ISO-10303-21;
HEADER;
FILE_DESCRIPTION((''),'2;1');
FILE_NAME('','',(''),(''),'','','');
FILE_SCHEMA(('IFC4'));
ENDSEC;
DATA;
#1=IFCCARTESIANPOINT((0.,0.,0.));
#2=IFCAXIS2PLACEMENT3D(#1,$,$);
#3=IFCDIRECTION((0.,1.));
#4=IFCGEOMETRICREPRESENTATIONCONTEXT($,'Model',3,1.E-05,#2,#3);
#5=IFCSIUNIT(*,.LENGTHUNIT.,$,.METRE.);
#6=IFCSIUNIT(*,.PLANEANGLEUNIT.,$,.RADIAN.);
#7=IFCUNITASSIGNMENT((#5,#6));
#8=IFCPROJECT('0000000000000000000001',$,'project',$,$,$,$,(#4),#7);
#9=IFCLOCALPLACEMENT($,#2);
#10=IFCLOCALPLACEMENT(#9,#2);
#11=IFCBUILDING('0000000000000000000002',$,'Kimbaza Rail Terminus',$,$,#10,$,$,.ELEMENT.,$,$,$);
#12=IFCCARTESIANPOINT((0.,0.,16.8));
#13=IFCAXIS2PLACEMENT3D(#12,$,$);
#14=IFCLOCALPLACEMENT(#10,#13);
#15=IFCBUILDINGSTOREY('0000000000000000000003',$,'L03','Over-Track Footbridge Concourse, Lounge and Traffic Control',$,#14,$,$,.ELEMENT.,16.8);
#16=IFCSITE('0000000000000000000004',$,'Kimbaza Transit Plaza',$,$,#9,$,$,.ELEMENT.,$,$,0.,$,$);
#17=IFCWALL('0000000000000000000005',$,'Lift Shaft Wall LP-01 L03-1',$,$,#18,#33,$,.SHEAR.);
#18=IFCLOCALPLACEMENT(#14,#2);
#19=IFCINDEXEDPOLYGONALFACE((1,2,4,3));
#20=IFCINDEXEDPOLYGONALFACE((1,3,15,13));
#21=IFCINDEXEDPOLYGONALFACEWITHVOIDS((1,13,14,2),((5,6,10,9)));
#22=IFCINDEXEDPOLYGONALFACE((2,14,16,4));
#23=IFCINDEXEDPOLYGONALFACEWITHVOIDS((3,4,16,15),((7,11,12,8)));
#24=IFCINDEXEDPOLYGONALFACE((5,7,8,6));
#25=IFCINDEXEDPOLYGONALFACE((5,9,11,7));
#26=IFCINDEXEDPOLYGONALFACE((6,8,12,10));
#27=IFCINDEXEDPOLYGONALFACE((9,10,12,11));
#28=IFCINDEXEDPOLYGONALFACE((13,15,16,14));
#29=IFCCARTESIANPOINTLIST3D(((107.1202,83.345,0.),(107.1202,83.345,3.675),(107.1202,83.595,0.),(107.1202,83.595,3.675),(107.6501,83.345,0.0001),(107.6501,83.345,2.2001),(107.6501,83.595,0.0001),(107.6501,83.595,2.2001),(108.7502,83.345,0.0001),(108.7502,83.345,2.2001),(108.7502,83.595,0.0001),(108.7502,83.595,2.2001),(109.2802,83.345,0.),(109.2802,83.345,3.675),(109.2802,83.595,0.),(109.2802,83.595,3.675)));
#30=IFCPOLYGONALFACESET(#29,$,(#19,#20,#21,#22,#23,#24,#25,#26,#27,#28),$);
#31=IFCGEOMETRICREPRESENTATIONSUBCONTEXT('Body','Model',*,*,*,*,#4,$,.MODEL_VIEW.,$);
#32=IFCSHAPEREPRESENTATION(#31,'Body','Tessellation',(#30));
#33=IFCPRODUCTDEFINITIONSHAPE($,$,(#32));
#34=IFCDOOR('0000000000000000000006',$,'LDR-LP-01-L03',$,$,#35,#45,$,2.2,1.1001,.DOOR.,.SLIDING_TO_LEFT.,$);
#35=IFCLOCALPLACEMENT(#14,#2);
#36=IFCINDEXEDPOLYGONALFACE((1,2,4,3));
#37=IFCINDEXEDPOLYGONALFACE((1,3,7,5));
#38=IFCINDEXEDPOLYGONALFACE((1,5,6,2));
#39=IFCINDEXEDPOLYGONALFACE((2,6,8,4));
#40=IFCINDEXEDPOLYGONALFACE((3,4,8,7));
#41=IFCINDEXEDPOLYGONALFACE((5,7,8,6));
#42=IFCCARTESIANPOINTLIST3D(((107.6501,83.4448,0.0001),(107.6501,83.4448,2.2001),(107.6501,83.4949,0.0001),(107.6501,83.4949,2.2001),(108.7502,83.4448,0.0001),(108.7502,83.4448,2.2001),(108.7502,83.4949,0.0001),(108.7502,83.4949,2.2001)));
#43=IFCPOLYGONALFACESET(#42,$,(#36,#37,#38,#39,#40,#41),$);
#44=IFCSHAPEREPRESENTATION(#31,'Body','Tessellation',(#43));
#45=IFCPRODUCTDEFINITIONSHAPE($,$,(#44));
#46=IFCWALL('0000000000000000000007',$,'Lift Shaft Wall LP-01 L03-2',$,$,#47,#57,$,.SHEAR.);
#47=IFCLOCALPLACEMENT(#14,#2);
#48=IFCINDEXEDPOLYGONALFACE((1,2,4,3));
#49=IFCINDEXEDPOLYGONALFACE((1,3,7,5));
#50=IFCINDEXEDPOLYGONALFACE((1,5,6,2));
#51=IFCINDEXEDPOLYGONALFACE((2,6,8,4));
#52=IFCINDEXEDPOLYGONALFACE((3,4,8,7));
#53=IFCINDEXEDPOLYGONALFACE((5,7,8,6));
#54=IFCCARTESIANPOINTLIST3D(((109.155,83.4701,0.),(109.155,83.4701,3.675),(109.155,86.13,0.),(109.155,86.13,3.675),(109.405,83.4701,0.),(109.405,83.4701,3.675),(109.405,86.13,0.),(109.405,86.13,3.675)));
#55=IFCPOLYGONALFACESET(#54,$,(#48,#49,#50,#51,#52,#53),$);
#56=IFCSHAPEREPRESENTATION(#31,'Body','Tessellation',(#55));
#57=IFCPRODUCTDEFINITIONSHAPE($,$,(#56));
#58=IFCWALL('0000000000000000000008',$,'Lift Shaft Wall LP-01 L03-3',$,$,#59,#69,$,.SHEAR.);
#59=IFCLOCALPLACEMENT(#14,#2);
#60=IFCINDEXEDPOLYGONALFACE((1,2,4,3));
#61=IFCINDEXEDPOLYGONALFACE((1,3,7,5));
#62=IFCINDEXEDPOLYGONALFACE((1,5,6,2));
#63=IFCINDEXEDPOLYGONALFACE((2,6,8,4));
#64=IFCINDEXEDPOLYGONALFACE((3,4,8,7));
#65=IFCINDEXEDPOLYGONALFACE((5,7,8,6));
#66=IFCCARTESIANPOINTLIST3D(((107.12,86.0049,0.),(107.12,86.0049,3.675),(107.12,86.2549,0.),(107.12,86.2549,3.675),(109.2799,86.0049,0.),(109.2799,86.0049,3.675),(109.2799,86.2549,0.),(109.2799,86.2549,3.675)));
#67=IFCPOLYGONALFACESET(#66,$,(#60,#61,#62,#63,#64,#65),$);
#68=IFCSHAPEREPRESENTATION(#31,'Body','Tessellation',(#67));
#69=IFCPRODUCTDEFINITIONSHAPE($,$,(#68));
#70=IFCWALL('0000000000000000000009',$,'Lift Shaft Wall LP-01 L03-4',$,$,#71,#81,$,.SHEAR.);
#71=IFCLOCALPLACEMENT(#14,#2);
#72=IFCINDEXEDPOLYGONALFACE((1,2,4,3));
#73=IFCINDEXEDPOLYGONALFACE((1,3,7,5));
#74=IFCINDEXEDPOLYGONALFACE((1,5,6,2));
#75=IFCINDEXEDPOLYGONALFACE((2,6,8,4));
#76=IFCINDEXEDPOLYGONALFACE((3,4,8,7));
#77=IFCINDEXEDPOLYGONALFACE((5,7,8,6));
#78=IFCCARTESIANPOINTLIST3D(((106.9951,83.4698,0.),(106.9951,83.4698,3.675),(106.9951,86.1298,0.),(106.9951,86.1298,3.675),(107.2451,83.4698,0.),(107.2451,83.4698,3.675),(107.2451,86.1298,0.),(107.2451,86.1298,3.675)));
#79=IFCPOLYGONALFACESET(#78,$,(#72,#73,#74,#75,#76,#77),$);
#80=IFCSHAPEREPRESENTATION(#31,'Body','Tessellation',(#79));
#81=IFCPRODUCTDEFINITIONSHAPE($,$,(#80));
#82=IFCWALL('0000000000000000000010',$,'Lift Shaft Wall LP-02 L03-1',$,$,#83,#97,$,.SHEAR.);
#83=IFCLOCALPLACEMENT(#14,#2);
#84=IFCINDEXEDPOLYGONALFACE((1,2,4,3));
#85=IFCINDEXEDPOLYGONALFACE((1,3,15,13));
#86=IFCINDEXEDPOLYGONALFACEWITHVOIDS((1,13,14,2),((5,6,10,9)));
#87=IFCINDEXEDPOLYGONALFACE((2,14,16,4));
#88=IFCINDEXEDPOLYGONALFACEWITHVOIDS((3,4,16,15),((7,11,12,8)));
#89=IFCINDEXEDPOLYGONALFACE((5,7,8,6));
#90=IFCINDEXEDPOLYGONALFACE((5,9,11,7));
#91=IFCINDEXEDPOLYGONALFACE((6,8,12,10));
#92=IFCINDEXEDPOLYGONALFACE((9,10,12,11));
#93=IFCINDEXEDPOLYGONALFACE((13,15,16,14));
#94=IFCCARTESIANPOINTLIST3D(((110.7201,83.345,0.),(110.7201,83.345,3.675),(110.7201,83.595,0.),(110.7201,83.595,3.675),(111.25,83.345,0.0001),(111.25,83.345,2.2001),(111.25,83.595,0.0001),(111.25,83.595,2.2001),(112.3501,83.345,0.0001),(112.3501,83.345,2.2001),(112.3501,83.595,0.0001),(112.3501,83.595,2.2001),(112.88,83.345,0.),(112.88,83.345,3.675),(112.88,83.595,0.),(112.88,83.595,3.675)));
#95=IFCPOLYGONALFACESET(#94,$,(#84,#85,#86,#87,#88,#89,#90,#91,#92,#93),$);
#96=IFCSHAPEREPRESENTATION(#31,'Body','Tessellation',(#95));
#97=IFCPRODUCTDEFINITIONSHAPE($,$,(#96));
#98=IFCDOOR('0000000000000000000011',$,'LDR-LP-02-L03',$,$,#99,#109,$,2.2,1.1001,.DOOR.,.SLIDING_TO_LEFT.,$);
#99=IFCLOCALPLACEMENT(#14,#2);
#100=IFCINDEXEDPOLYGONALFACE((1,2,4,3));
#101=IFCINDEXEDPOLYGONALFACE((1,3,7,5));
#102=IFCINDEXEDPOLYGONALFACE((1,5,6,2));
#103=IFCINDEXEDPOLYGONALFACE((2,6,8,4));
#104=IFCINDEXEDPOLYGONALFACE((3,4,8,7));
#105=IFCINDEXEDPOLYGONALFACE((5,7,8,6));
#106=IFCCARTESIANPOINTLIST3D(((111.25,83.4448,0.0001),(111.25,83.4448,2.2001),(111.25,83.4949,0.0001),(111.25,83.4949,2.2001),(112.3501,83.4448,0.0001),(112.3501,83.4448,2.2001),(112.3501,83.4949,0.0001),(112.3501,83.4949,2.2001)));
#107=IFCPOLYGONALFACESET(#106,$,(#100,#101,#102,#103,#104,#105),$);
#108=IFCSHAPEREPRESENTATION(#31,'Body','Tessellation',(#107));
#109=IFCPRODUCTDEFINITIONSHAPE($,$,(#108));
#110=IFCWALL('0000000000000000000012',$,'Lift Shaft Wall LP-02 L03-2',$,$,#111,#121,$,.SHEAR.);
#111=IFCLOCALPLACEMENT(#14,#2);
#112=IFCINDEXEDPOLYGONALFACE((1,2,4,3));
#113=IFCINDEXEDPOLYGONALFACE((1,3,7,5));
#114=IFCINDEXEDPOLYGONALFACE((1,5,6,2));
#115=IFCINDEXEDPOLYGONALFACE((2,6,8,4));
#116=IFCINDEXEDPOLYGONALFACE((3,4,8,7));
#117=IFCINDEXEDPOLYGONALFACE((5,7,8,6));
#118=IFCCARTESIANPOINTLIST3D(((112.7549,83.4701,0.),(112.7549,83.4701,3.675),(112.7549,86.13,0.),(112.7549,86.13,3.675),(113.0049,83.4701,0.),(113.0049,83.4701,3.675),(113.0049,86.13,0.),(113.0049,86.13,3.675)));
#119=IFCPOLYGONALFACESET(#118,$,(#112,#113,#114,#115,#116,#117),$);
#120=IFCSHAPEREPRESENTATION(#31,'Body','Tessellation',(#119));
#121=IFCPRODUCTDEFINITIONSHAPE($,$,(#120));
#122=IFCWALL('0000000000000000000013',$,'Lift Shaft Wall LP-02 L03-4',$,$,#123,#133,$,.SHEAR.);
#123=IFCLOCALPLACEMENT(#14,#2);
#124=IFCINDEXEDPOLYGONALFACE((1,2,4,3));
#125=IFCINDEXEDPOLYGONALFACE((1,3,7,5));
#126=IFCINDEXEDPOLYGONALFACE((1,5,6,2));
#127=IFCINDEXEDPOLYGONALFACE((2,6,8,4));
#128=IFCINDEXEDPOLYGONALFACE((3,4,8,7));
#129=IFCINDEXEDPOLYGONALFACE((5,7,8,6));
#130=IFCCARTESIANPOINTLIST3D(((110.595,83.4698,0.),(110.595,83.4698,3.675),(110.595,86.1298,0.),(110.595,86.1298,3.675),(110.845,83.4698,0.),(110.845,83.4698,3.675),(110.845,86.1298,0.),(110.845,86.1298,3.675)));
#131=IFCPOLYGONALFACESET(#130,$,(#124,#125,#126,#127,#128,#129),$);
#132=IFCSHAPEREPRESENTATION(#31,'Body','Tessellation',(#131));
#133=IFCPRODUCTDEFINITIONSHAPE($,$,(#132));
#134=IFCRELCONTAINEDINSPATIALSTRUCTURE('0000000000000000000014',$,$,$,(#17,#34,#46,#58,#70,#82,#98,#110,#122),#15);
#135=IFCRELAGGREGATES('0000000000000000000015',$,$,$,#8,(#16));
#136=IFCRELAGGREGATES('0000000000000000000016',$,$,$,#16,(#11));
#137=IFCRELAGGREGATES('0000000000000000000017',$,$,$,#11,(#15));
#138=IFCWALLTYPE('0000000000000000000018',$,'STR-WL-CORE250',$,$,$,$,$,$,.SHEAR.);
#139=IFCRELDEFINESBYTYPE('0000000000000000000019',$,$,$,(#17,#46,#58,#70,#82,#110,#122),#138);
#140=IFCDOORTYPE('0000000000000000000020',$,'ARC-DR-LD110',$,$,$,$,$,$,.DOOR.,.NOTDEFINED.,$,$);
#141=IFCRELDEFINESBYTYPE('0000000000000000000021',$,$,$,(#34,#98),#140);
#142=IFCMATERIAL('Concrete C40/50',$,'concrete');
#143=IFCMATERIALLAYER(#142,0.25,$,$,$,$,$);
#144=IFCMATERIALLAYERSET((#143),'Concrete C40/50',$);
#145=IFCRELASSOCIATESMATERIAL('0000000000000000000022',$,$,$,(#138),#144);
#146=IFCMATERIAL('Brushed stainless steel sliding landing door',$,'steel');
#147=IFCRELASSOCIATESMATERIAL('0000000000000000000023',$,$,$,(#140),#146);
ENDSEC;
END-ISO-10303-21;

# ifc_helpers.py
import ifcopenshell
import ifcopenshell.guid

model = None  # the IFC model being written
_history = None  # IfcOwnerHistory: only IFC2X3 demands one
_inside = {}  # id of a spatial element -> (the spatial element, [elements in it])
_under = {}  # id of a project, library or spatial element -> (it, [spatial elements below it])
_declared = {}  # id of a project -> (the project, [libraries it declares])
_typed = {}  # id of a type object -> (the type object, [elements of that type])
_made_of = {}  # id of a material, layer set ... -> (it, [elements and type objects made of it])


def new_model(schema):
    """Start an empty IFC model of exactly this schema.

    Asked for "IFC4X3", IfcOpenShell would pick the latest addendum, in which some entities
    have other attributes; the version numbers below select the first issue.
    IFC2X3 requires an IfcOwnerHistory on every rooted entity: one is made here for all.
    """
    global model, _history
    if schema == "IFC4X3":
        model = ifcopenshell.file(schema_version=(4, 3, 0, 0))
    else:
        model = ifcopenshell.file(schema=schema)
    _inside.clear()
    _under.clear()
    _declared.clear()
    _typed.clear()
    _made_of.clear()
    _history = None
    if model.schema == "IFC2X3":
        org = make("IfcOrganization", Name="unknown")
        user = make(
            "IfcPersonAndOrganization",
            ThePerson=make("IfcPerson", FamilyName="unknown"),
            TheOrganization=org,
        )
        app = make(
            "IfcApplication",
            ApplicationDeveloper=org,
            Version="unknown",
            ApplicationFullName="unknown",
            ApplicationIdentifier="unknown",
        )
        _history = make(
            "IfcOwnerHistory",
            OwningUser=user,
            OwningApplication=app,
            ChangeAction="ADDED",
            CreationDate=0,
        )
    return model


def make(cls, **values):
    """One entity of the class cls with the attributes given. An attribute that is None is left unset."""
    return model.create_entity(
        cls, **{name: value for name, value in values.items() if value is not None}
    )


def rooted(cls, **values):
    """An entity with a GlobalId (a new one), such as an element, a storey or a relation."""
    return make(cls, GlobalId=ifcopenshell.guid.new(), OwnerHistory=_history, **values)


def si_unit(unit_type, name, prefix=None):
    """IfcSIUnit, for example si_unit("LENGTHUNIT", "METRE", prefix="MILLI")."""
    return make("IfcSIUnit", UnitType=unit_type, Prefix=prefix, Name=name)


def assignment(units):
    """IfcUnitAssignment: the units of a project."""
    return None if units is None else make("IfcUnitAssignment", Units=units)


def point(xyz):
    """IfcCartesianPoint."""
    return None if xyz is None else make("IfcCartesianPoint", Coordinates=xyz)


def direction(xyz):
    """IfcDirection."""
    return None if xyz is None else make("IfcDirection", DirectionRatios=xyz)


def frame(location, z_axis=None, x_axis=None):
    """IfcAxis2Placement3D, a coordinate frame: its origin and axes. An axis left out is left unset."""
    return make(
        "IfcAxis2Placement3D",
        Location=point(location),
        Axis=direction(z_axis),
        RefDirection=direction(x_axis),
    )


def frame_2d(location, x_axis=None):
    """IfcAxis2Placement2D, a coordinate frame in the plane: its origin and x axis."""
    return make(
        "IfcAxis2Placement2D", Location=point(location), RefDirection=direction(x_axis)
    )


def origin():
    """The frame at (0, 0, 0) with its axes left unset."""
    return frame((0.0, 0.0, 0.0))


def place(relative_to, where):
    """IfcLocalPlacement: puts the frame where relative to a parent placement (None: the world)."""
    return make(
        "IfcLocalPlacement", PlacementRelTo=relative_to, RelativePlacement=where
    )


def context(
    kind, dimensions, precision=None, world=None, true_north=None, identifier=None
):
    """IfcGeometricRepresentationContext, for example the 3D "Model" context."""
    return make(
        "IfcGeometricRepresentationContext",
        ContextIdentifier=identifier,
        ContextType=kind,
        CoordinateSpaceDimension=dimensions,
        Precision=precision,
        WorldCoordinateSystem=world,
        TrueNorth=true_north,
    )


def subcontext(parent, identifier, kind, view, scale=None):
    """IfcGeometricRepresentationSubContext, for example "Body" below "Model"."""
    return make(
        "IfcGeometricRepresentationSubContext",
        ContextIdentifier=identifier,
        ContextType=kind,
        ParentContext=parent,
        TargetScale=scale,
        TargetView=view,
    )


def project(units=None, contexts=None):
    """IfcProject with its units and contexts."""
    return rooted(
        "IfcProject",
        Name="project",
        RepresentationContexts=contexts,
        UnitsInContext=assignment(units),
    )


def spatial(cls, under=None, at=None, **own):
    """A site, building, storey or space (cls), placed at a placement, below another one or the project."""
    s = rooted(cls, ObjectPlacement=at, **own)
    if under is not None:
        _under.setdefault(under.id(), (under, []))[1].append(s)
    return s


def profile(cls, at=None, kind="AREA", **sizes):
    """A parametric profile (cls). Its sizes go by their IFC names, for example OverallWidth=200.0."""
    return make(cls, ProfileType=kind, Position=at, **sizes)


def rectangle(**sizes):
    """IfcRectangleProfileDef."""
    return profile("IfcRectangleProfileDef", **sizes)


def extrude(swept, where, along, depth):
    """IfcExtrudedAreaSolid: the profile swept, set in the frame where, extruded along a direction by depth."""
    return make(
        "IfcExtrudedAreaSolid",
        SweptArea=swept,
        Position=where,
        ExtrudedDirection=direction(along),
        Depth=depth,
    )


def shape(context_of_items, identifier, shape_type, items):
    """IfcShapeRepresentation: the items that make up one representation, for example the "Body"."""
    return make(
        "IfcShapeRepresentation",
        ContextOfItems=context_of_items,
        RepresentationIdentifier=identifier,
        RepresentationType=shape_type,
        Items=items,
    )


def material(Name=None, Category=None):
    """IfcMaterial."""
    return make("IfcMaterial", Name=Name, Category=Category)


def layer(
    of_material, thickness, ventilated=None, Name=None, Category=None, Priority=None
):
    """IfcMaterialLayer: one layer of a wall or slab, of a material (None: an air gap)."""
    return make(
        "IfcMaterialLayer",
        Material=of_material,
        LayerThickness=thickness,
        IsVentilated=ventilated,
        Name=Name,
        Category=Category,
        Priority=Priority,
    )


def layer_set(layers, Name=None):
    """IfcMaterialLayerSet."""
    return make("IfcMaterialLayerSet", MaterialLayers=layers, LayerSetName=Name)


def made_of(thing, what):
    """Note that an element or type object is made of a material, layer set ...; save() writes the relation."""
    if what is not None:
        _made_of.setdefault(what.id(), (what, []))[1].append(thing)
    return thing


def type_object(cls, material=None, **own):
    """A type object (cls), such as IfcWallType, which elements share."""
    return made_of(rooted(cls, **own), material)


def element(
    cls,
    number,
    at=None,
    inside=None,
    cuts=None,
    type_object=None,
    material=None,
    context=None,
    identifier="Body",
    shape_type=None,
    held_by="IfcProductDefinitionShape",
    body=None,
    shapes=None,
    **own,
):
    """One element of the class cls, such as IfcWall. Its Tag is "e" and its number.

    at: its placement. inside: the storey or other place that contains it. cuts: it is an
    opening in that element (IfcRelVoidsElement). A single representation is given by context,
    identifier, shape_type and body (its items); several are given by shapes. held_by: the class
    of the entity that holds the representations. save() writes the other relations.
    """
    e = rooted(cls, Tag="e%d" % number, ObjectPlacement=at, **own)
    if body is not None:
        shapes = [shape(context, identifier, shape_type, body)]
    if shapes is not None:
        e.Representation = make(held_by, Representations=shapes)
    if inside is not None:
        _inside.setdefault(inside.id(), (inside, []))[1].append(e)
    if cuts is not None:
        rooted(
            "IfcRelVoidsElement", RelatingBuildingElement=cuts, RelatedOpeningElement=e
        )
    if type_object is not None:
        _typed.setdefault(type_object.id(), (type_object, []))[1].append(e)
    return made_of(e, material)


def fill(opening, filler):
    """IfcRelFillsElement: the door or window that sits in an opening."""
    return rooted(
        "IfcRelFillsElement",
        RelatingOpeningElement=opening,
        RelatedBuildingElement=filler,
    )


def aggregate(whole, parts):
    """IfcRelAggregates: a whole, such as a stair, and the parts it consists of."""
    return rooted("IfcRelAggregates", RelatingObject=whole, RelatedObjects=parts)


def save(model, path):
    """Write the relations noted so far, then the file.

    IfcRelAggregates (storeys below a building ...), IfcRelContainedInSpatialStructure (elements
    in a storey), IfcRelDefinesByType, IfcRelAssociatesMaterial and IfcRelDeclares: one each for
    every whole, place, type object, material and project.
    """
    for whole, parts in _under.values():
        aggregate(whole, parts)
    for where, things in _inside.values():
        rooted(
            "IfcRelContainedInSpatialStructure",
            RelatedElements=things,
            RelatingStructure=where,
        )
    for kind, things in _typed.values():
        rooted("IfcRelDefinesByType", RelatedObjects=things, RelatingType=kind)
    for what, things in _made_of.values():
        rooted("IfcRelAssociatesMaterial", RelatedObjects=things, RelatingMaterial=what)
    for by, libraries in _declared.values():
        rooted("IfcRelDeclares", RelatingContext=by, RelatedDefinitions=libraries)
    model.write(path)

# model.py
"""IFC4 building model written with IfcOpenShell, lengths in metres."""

from ifc_helpers import new_model, si_unit, direction, frame, frame_2d, origin, place, context, subcontext, project, spatial, rectangle, extrude, material, layer, layer_set, type_object, element, fill, save


model = new_model("IFC4")

# Units and contexts
model_context = context("Model", 3, precision=1e-05, world=origin(), true_north=direction((0.0, 1.0)))
body_context = subcontext(model_context, "Body", "Model", "MODEL_VIEW")
ifc_project = project(units=[si_unit("LENGTHUNIT", "METRE"), si_unit("PLANEANGLEUNIT", "RADIAN")], contexts=[model_context])

# Site, building, storey
site_placement = place(None, origin())
site = spatial("IfcSite", under=ifc_project, at=site_placement, Name="Kimbaza Transit Plaza", CompositionType="ELEMENT", RefElevation=0.0)
building_placement = place(site_placement, origin())
building = spatial("IfcBuilding", under=site, at=building_placement, Name="Kimbaza Rail Terminus", CompositionType="ELEMENT")
storey_placement = place(building_placement, frame((0.0, 0.0, 16.8)))
storey = spatial("IfcBuildingStorey", under=building, at=storey_placement, Name="L03", Description="Over-Track Footbridge Concourse, Lounge and Traffic Control", CompositionType="ELEMENT", Elevation=16.8)

# Wall, opening, door
ifc_material_1 = material(Name="Concrete C40/50", Category="concrete")
ifc_layer_1 = layer(ifc_material_1, 0.25)
ifc_layer_set_1 = layer_set([ifc_layer_1], Name="Concrete C40/50")
wall_type = type_object("IfcWallType", Name="STR-WL-CORE250", PredefinedType="SHEAR", material=ifc_layer_set_1)
wall_1_placement = place(storey_placement, frame((107.1201, 83.47, 0.0), z_axis=(0.0, 0.0, 1.0), x_axis=(1.0, 0.0, 0.0)))
wall_1 = element("IfcWall", 1, at=wall_1_placement, inside=storey, type_object=wall_type, Name="Lift Shaft Wall LP-01 L03-1", PredefinedType="SHEAR", context=body_context, shape_type="SweptSolid", body=[
    extrude(rectangle(XDim=2.1599, YDim=0.25, at=frame_2d((1.0801, 0.0))), origin(), (0.0, 0.0, 1.0), 3.675),
])
opening_1_placement = place(wall_1_placement, frame((0.53, 0.0, 0.0)))
opening_1 = element("IfcOpeningElement", 2, at=opening_1_placement, cuts=wall_1, PredefinedType="OPENING", context=body_context, shape_type="SweptSolid", body=[
    extrude(rectangle(XDim=1.1001, YDim=2.2, at=frame_2d((0.55, 1.1001))), frame((0.0, 0.135, 0.0), z_axis=(0.0, -1.0, 0.0), x_axis=(1.0, 0.0, 0.0)), (0.0, 0.0, 1.0), 0.27),
])
ifc_material_2 = material(Name="Brushed stainless steel sliding landing door", Category="steel")
door_type = type_object("IfcDoorType", Name="ARC-DR-LD110", OperationType="NOTDEFINED", PredefinedType="DOOR", material=ifc_material_2)
door_1_placement = place(opening_1_placement, origin())
door_1 = element("IfcDoor", 3, at=door_1_placement, inside=storey, type_object=door_type, Name="LDR-LP-01-L03", OperationType="SLIDING_TO_LEFT", OverallHeight=2.2, OverallWidth=1.1001, PredefinedType="DOOR", context=body_context, shape_type="SweptSolid", body=[
    extrude(rectangle(XDim=1.1001, YDim=2.2, at=frame_2d((0.55, 1.1001))), frame((0.0, 0.0249, 0.0), z_axis=(0.0, -1.0, 0.0), x_axis=(1.0, 0.0, 0.0)), (0.0, 0.0, 1.0), 0.05),
])
fill(opening_1, door_1)

# Walls
wall_2_placement = place(storey_placement, frame((109.28, 83.47, 0.0), z_axis=(0.0, 0.0, 1.0), x_axis=(0.0, 1.0, 0.0)))
element("IfcWall", 4, at=wall_2_placement, inside=storey, type_object=wall_type, Name="Lift Shaft Wall LP-01 L03-2", PredefinedType="SHEAR", context=body_context, shape_type="SweptSolid", body=[
    extrude(rectangle(XDim=2.6599, YDim=0.25, at=frame_2d((1.3301, 0.0))), origin(), (0.0, 0.0, 1.0), 3.675),
])
wall_3_placement = place(storey_placement, frame((109.28, 86.1299, 0.0), z_axis=(0.0, 0.0, 1.0), x_axis=(-1.0, 0.0, 0.0)))
element("IfcWall", 5, at=wall_3_placement, inside=storey, type_object=wall_type, Name="Lift Shaft Wall LP-01 L03-3", PredefinedType="SHEAR", context=body_context, shape_type="SweptSolid", body=[
    extrude(rectangle(XDim=2.1599, YDim=0.25, at=frame_2d((1.0801, 0.0))), origin(), (0.0, 0.0, 1.0), 3.675),
])
wall_4_placement = place(storey_placement, frame((107.1201, 86.1299, 0.0), z_axis=(0.0, 0.0, 1.0), x_axis=(0.0, -1.0, 0.0)))
element("IfcWall", 6, at=wall_4_placement, inside=storey, type_object=wall_type, Name="Lift Shaft Wall LP-01 L03-4", PredefinedType="SHEAR", context=body_context, shape_type="SweptSolid", body=[
    extrude(rectangle(XDim=2.6599, YDim=0.25, at=frame_2d((1.3301, 0.0))), origin(), (0.0, 0.0, 1.0), 3.675),
])

# Wall, opening, door
wall_5_placement = place(storey_placement, frame((110.72, 83.47, 0.0), z_axis=(0.0, 0.0, 1.0), x_axis=(1.0, 0.0, 0.0)))
wall_5 = element("IfcWall", 7, at=wall_5_placement, inside=storey, type_object=wall_type, Name="Lift Shaft Wall LP-02 L03-1", PredefinedType="SHEAR", context=body_context, shape_type="SweptSolid", body=[
    extrude(rectangle(XDim=2.1599, YDim=0.25, at=frame_2d((1.0801, 0.0))), origin(), (0.0, 0.0, 1.0), 3.675),
])
opening_2_placement = place(wall_5_placement, frame((0.53, 0.0, 0.0)))
opening_2 = element("IfcOpeningElement", 8, at=opening_2_placement, cuts=wall_5, PredefinedType="OPENING", context=body_context, shape_type="SweptSolid", body=[
    extrude(rectangle(XDim=1.1001, YDim=2.2, at=frame_2d((0.55, 1.1001))), frame((0.0, 0.135, 0.0), z_axis=(0.0, -1.0, 0.0), x_axis=(1.0, 0.0, 0.0)), (0.0, 0.0, 1.0), 0.27),
])
door_2_placement = place(opening_2_placement, origin())
door_2 = element("IfcDoor", 9, at=door_2_placement, inside=storey, type_object=door_type, Name="LDR-LP-02-L03", OperationType="SLIDING_TO_LEFT", OverallHeight=2.2, OverallWidth=1.1001, PredefinedType="DOOR", context=body_context, shape_type="SweptSolid", body=[
    extrude(rectangle(XDim=1.1001, YDim=2.2, at=frame_2d((0.55, 1.1001))), frame((0.0, 0.0249, 0.0), z_axis=(0.0, -1.0, 0.0), x_axis=(1.0, 0.0, 0.0)), (0.0, 0.0, 1.0), 0.05),
])
fill(opening_2, door_2)

# Walls
for number, where, z_axis, x_axis, name in (
    (10, (112.8799, 83.47, 0.0), (0.0, 0.0, 1.0), (0.0, 1.0, 0.0), "Lift Shaft Wall LP-02 L03-2"),
    (11, (110.72, 86.1299, 0.0), (0.0, 0.0, 1.0), (0.0, -1.0, 0.0), "Lift Shaft Wall LP-02 L03-4"),
):
    element("IfcWall", number, at=place(storey_placement, frame(where, z_axis=z_axis, x_axis=x_axis)), inside=storey, type_object=wall_type, Name=name, PredefinedType="SHEAR", context=body_context, shape_type="SweptSolid", body=[
        extrude(rectangle(XDim=2.6599, YDim=0.25, at=frame_2d((1.3301, 0.0))), origin(), (0.0, 0.0, 1.0), 3.675),
    ])

save(model, "model.ifc")
